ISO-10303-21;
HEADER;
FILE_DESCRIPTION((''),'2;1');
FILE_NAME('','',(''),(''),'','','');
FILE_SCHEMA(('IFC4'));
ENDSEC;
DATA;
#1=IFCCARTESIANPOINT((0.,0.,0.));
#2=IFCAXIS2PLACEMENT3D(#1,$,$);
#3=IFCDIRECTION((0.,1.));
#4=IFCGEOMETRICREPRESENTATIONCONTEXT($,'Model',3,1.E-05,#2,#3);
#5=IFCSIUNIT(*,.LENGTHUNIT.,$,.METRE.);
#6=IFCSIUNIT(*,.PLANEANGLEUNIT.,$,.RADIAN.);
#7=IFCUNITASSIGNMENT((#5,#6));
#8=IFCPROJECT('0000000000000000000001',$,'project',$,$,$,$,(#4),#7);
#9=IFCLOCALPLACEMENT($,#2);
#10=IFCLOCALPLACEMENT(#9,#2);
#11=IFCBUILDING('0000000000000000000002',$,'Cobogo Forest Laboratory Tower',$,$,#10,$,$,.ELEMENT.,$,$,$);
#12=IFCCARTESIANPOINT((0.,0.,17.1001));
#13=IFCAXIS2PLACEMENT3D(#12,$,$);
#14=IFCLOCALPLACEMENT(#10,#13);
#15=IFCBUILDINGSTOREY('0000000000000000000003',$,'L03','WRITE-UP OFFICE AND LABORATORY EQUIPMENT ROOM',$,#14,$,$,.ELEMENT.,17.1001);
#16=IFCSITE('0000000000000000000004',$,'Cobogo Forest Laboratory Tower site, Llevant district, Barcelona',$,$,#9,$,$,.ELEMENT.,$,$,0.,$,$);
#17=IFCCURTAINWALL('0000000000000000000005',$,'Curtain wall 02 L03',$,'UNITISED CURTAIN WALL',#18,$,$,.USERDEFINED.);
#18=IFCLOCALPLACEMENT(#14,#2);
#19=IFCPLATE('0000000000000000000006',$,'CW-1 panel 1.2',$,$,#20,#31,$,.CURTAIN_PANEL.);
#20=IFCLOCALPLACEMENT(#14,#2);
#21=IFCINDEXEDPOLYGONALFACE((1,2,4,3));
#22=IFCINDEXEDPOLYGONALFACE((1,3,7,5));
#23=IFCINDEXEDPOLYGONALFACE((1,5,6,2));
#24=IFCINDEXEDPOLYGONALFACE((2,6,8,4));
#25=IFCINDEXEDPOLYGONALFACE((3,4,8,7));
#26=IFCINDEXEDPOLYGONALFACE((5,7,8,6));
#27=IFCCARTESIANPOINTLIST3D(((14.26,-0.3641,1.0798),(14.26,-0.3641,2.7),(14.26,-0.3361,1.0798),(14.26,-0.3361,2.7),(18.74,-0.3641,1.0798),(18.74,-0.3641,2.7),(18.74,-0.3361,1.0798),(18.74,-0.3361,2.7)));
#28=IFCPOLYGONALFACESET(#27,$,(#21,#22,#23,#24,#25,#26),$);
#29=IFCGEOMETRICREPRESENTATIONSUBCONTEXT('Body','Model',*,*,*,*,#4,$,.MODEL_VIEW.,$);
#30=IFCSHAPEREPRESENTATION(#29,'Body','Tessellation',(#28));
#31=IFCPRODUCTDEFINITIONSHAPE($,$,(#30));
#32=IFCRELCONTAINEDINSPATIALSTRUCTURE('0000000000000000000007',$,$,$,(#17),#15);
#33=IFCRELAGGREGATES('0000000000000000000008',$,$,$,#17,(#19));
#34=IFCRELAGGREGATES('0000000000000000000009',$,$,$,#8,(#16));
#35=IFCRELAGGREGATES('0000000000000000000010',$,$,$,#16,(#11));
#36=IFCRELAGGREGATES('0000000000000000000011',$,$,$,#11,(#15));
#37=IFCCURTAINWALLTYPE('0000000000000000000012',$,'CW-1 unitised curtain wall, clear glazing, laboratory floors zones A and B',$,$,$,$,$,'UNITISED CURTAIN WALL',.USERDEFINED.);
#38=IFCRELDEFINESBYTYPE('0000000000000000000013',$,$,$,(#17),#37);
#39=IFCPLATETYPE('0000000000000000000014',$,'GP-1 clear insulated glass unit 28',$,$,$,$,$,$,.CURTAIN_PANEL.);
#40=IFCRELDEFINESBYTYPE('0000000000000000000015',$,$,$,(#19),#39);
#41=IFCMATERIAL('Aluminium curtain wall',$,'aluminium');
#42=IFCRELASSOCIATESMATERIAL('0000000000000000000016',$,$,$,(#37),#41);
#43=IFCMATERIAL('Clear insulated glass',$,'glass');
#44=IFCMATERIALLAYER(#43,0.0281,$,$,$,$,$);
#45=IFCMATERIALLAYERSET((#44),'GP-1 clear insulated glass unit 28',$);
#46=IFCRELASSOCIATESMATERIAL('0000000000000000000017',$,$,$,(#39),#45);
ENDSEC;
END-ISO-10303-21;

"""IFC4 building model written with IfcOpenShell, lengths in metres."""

from ifc_helpers import new_model, si_unit, direction, frame, origin, origin_2d, place, context, subcontext, project, spatial, rectangle, extrude, material, layer, layer_set, type_object, element, aggregate, save


model = new_model("IFC4")

# Units and contexts
model_context = context("Model", 3, precision=1e-05, world=origin(), true_north=direction((0.0, 1.0)))
body_context = subcontext(model_context, "Body", "Model", "MODEL_VIEW")
ifc_project = project(units=[si_unit("LENGTHUNIT", "METRE"), si_unit("PLANEANGLEUNIT", "RADIAN")], contexts=[model_context])

# Site, building, storey
site_placement = place(None, origin())
site = spatial("IfcSite", under=ifc_project, at=site_placement, Name="Cobogo Forest Laboratory Tower site, Llevant district, Barcelona", CompositionType="ELEMENT", RefElevation=0.0)
building_placement = place(site_placement, origin())
building = spatial("IfcBuilding", under=site, at=building_placement, Name="Cobogo Forest Laboratory Tower", CompositionType="ELEMENT")
storey_placement = place(building_placement, frame((0.0, 0.0, 17.1001)))
storey = spatial("IfcBuildingStorey", under=building, at=storey_placement, Name="L03", Description="WRITE-UP OFFICE AND LABORATORY EQUIPMENT ROOM", CompositionType="ELEMENT", Elevation=17.1001)

# Curtain wall
ifc_material_1 = material(Name="Aluminium curtain wall", Category="aluminium")
curtain_wall_type = type_object("IfcCurtainWallType", Name="CW-1 unitised curtain wall, clear glazing, laboratory floors zones A and B", ElementType="UNITISED CURTAIN WALL", PredefinedType="USERDEFINED", material=ifc_material_1)
curtain_wall_1_placement = place(storey_placement, origin())
curtain_wall_1 = element("IfcCurtainWall", 1, at=curtain_wall_1_placement, inside=storey, type_object=curtain_wall_type, Name="Curtain wall 02 L03", ObjectType="UNITISED CURTAIN WALL", PredefinedType="USERDEFINED")

# Plate
ifc_material_2 = material(Name="Clear insulated glass", Category="glass")
ifc_layer = layer(ifc_material_2, 0.0281)
ifc_layer_set = layer_set([ifc_layer], Name="GP-1 clear insulated glass unit 28")
plate_type_1 = type_object("IfcPlateType", Name="GP-1 clear insulated glass unit 28", PredefinedType="CURTAIN_PANEL", material=ifc_layer_set)
plate_1_placement = place(storey_placement, frame((16.5, -0.3501, 1.0798), z_axis=(0.0, 0.0, 1.0), x_axis=(1.0, 0.0, 0.0)))
plate_1 = element("IfcPlate", 2, at=plate_1_placement, type_object=plate_type_1, Name="CW-1 panel 1.2", PredefinedType="CURTAIN_PANEL", context=body_context, shape_type="SweptSolid", body=[
    extrude(rectangle(XDim=4.48, YDim=0.0281, at=origin_2d()), origin(), (0.0, 0.0, 1.0), 1.6201),
])
aggregate(curtain_wall_1, [plate_1])

save(model, "model.ifc")
